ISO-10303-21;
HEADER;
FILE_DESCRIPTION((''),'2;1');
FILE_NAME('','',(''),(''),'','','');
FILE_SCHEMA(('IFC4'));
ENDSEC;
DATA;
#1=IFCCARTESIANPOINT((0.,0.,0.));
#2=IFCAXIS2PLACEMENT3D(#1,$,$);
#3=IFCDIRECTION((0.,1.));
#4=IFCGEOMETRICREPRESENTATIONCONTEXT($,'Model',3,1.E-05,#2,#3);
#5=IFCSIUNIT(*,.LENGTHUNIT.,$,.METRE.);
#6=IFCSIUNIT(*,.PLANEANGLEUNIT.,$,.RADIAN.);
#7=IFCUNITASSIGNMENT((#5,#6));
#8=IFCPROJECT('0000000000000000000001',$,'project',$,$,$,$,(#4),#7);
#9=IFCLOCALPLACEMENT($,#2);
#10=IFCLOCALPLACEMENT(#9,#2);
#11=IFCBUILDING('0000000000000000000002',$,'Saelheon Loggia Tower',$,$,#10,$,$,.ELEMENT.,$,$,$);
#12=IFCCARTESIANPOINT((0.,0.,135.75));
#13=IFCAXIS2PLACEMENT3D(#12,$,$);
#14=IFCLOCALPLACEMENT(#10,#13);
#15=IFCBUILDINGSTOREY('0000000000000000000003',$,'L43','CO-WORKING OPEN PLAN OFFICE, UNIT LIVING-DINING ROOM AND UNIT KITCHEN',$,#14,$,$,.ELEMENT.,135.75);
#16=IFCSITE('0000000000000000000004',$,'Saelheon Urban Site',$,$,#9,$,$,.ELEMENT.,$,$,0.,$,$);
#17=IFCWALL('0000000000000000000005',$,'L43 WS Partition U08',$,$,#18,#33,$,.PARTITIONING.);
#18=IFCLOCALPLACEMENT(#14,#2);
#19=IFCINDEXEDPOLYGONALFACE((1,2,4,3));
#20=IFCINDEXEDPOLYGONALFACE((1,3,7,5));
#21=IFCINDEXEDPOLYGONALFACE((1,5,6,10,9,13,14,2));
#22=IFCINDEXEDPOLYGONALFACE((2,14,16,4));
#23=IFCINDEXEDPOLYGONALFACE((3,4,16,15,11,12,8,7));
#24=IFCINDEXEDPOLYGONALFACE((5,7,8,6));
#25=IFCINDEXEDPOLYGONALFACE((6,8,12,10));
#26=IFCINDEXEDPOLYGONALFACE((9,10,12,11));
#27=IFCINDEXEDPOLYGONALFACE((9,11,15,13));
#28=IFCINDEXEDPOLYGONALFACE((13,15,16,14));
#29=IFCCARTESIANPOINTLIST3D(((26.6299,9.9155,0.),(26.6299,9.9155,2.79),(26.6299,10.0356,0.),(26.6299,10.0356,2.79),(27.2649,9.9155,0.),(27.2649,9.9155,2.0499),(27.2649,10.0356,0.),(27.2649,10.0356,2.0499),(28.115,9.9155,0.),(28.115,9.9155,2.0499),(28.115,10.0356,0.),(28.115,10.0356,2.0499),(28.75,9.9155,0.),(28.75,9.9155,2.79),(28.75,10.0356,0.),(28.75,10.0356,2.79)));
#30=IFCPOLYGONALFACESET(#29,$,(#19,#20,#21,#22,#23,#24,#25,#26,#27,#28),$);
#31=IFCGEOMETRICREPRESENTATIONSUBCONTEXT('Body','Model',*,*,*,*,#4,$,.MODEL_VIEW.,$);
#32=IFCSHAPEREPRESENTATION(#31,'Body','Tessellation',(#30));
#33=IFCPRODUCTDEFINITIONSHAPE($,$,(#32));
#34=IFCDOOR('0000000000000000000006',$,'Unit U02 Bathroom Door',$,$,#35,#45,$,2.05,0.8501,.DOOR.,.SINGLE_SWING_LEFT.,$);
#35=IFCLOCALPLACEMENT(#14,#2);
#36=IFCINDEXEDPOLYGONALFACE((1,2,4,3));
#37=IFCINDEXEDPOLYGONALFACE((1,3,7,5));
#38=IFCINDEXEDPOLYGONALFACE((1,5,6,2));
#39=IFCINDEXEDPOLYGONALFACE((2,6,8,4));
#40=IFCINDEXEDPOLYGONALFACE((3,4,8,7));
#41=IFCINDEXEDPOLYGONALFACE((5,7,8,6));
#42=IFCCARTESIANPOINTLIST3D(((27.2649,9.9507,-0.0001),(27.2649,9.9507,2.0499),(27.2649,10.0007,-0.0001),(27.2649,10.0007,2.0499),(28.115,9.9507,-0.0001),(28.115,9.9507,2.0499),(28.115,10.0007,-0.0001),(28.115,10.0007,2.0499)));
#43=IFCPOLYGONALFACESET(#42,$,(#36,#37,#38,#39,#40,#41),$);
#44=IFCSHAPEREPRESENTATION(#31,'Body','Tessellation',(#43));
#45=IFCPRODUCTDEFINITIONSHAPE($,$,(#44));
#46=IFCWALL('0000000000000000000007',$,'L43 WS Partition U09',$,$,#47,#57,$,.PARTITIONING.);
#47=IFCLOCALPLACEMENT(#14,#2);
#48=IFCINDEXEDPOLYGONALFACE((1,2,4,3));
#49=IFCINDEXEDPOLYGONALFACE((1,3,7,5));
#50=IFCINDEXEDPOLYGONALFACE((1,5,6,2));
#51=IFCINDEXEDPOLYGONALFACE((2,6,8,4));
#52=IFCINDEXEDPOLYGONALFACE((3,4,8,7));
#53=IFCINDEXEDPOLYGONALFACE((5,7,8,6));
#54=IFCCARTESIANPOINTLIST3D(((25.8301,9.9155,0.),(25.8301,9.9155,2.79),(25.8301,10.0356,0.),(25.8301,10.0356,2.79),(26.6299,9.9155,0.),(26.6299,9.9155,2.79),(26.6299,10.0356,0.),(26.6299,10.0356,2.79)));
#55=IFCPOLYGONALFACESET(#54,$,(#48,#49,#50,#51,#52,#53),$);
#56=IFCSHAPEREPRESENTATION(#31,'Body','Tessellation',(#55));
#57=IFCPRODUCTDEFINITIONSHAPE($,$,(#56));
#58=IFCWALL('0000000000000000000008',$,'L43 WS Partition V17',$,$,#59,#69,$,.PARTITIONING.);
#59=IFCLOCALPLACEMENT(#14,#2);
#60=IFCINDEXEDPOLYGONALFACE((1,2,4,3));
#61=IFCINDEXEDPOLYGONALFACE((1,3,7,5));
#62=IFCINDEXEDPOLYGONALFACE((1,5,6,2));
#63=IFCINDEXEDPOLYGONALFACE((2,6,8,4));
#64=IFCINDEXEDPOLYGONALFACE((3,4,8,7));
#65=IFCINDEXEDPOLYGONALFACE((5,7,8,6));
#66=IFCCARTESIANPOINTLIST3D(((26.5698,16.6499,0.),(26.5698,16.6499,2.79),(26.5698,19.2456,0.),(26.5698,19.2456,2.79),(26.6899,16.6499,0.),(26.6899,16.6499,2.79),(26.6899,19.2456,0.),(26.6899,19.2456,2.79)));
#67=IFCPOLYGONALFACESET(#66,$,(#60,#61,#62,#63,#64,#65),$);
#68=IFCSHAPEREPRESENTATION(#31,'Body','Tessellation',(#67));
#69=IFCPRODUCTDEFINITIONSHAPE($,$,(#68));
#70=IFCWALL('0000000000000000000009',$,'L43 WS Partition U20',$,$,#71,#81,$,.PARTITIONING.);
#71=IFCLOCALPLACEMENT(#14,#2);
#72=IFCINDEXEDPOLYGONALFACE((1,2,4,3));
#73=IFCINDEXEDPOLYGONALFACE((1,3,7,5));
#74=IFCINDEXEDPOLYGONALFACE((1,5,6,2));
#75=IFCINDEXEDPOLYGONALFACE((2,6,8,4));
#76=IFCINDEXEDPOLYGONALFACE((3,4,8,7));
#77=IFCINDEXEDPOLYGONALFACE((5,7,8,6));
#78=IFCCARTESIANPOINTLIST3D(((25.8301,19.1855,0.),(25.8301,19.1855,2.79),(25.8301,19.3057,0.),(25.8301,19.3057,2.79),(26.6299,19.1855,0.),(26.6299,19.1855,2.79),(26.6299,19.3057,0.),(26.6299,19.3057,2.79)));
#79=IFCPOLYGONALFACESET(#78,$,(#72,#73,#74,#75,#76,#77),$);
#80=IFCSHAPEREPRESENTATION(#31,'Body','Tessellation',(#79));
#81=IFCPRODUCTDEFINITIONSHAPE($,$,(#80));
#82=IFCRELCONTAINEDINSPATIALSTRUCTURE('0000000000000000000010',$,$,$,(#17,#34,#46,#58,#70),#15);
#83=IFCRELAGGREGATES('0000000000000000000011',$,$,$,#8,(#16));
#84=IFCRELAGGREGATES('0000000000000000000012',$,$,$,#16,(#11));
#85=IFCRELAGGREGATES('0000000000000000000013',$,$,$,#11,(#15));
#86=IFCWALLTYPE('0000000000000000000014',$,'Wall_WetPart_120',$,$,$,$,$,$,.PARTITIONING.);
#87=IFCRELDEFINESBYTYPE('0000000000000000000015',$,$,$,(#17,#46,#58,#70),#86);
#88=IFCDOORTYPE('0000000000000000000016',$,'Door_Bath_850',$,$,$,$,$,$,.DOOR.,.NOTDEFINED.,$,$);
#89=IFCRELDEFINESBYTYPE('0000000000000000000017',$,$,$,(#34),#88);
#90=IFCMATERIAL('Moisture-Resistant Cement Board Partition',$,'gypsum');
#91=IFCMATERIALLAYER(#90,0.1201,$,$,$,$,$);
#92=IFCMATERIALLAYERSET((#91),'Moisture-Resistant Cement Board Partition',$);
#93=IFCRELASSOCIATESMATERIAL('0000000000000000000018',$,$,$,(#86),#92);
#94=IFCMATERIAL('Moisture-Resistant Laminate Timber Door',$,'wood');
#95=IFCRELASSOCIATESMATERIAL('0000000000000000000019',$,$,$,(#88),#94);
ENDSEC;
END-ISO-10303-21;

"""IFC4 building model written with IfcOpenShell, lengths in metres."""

from ifc_helpers import new_model, si_unit, direction, frame, frame_2d, origin, place, context, subcontext, project, spatial, rectangle, extrude, source, transform, mapped, material, layer, layer_set, type_object, element, fill, save


model = new_model("IFC4")

# Units and contexts
model_context = context("Model", 3, precision=1e-05, world=origin(), true_north=direction((0.0, 1.0)))
body_context = subcontext(model_context, "Body", "Model", "MODEL_VIEW")
ifc_project = project(units=[si_unit("LENGTHUNIT", "METRE"), si_unit("PLANEANGLEUNIT", "RADIAN")], contexts=[model_context])

# Site, building, storey
site_placement = place(None, origin())
site = spatial("IfcSite", under=ifc_project, at=site_placement, Name="Saelheon Urban Site", CompositionType="ELEMENT", RefElevation=0.0)
building_placement = place(site_placement, origin())
building = spatial("IfcBuilding", under=site, at=building_placement, Name="Saelheon Loggia Tower", CompositionType="ELEMENT")
storey_placement = place(building_placement, frame((0.0, 0.0, 135.75)))
storey = spatial("IfcBuildingStorey", under=building, at=storey_placement, Name="L43", Description="CO-WORKING OPEN PLAN OFFICE, UNIT LIVING-DINING ROOM AND UNIT KITCHEN", CompositionType="ELEMENT", Elevation=135.75)

# Shared definitions
ifc_material_1 = material(Name="Moisture-Resistant Cement Board Partition", Category="gypsum")
ifc_layer_1 = layer(ifc_material_1, 0.1201)
ifc_layer_set_1 = layer_set([ifc_layer_1], Name="Moisture-Resistant Cement Board Partition")
wall_type_1 = type_object("IfcWallType", Name="Wall_WetPart_120", PredefinedType="PARTITIONING", material=ifc_layer_set_1)

# Wall, opening, door
wall_1_placement = place(storey_placement, frame((28.75, 9.9756, 0.0), z_axis=(0.0, 0.0, 1.0), x_axis=(-1.0, 0.0, 0.0)))
wall_1 = element("IfcWall", 1, at=wall_1_placement, inside=storey, type_object=wall_type_1, Name="L43 WS Partition U08", PredefinedType="PARTITIONING", context=body_context, shape_type="SweptSolid", body=[
    extrude(rectangle(XDim=2.1201, YDim=0.1201, at=frame_2d((1.0601, 0.0))), origin(), (0.0, 0.0, 1.0), 2.79),
])
opening_1_placement = place(wall_1_placement, frame((0.635, 0.0, 0.0)))
opening_1 = element("IfcOpeningElement", 2, at=opening_1_placement, cuts=wall_1, PredefinedType="OPENING", context=body_context, shape_type="SweptSolid", body=[
    extrude(rectangle(XDim=0.8501, YDim=2.05, at=frame_2d((0.425, 1.0249))), frame((0.0, 0.072, 0.0), z_axis=(0.0, -1.0, 0.0), x_axis=(1.0, 0.0, 0.0)), (0.0, 0.0, 1.0), 0.144),
])
ifc_material_2 = material(Name="Moisture-Resistant Laminate Timber Door", Category="wood")
door_type_1 = type_object("IfcDoorType", Name="Door_Bath_850", OperationType="NOTDEFINED", PredefinedType="DOOR", material=ifc_material_2)
shared_shape_1 = source(origin(), body_context, "Body", "SweptSolid", [
    extrude(rectangle(XDim=0.8501, YDim=2.05, at=frame_2d((0.425, 1.0249))), frame((0.0, 0.0249, 0.0), z_axis=(0.0, -1.0, 0.0), x_axis=(1.0, 0.0, 0.0)), (0.0, 0.0, 1.0), 0.05),
])
door_1_placement = place(opening_1_placement, origin())
door_1 = element("IfcDoor", 3, at=door_1_placement, inside=storey, type_object=door_type_1, Name="Unit U02 Bathroom Door", OperationType="SINGLE_SWING_LEFT", OverallHeight=2.05, OverallWidth=0.8501, PredefinedType="DOOR", context=body_context, shape_type="MappedRepresentation", body=[
    mapped(shared_shape_1, transform((0.0, 0.0, 0.0), scale=1.0)),
])
fill(opening_1, door_1)

# Walls
wall_2_placement = place(storey_placement, frame((26.6299, 9.9756, 0.0), z_axis=(0.0, 0.0, 1.0), x_axis=(-1.0, 0.0, 0.0)))
element("IfcWall", 4, at=wall_2_placement, inside=storey, type_object=wall_type_1, Name="L43 WS Partition U09", PredefinedType="PARTITIONING", context=body_context, shape_type="SweptSolid", body=[
    extrude(rectangle(XDim=0.7998, YDim=0.1201, at=frame_2d((0.3999, 0.0))), origin(), (0.0, 0.0, 1.0), 2.79),
])
wall_3_placement = place(storey_placement, frame((26.6299, 16.6499, 0.0), z_axis=(0.0, 0.0, 1.0), x_axis=(0.0, 1.0, 0.0)))
element("IfcWall", 5, at=wall_3_placement, inside=storey, type_object=wall_type_1, Name="L43 WS Partition V17", PredefinedType="PARTITIONING", context=body_context, shape_type="SweptSolid", body=[
    extrude(rectangle(XDim=2.5957, YDim=0.1201, at=frame_2d((1.2979, 0.0))), origin(), (0.0, 0.0, 1.0), 2.79),
])
wall_4_placement = place(storey_placement, frame((26.6299, 19.2456, 0.0), z_axis=(0.0, 0.0, 1.0), x_axis=(-1.0, 0.0, 0.0)))
element("IfcWall", 6, at=wall_4_placement, inside=storey, type_object=wall_type_1, Name="L43 WS Partition U20", PredefinedType="PARTITIONING", context=body_context, shape_type="SweptSolid", body=[
    extrude(rectangle(XDim=0.7998, YDim=0.1201, at=frame_2d((0.3999, 0.0))), origin(), (0.0, 0.0, 1.0), 2.79),
])

save(model, "model.ifc")
